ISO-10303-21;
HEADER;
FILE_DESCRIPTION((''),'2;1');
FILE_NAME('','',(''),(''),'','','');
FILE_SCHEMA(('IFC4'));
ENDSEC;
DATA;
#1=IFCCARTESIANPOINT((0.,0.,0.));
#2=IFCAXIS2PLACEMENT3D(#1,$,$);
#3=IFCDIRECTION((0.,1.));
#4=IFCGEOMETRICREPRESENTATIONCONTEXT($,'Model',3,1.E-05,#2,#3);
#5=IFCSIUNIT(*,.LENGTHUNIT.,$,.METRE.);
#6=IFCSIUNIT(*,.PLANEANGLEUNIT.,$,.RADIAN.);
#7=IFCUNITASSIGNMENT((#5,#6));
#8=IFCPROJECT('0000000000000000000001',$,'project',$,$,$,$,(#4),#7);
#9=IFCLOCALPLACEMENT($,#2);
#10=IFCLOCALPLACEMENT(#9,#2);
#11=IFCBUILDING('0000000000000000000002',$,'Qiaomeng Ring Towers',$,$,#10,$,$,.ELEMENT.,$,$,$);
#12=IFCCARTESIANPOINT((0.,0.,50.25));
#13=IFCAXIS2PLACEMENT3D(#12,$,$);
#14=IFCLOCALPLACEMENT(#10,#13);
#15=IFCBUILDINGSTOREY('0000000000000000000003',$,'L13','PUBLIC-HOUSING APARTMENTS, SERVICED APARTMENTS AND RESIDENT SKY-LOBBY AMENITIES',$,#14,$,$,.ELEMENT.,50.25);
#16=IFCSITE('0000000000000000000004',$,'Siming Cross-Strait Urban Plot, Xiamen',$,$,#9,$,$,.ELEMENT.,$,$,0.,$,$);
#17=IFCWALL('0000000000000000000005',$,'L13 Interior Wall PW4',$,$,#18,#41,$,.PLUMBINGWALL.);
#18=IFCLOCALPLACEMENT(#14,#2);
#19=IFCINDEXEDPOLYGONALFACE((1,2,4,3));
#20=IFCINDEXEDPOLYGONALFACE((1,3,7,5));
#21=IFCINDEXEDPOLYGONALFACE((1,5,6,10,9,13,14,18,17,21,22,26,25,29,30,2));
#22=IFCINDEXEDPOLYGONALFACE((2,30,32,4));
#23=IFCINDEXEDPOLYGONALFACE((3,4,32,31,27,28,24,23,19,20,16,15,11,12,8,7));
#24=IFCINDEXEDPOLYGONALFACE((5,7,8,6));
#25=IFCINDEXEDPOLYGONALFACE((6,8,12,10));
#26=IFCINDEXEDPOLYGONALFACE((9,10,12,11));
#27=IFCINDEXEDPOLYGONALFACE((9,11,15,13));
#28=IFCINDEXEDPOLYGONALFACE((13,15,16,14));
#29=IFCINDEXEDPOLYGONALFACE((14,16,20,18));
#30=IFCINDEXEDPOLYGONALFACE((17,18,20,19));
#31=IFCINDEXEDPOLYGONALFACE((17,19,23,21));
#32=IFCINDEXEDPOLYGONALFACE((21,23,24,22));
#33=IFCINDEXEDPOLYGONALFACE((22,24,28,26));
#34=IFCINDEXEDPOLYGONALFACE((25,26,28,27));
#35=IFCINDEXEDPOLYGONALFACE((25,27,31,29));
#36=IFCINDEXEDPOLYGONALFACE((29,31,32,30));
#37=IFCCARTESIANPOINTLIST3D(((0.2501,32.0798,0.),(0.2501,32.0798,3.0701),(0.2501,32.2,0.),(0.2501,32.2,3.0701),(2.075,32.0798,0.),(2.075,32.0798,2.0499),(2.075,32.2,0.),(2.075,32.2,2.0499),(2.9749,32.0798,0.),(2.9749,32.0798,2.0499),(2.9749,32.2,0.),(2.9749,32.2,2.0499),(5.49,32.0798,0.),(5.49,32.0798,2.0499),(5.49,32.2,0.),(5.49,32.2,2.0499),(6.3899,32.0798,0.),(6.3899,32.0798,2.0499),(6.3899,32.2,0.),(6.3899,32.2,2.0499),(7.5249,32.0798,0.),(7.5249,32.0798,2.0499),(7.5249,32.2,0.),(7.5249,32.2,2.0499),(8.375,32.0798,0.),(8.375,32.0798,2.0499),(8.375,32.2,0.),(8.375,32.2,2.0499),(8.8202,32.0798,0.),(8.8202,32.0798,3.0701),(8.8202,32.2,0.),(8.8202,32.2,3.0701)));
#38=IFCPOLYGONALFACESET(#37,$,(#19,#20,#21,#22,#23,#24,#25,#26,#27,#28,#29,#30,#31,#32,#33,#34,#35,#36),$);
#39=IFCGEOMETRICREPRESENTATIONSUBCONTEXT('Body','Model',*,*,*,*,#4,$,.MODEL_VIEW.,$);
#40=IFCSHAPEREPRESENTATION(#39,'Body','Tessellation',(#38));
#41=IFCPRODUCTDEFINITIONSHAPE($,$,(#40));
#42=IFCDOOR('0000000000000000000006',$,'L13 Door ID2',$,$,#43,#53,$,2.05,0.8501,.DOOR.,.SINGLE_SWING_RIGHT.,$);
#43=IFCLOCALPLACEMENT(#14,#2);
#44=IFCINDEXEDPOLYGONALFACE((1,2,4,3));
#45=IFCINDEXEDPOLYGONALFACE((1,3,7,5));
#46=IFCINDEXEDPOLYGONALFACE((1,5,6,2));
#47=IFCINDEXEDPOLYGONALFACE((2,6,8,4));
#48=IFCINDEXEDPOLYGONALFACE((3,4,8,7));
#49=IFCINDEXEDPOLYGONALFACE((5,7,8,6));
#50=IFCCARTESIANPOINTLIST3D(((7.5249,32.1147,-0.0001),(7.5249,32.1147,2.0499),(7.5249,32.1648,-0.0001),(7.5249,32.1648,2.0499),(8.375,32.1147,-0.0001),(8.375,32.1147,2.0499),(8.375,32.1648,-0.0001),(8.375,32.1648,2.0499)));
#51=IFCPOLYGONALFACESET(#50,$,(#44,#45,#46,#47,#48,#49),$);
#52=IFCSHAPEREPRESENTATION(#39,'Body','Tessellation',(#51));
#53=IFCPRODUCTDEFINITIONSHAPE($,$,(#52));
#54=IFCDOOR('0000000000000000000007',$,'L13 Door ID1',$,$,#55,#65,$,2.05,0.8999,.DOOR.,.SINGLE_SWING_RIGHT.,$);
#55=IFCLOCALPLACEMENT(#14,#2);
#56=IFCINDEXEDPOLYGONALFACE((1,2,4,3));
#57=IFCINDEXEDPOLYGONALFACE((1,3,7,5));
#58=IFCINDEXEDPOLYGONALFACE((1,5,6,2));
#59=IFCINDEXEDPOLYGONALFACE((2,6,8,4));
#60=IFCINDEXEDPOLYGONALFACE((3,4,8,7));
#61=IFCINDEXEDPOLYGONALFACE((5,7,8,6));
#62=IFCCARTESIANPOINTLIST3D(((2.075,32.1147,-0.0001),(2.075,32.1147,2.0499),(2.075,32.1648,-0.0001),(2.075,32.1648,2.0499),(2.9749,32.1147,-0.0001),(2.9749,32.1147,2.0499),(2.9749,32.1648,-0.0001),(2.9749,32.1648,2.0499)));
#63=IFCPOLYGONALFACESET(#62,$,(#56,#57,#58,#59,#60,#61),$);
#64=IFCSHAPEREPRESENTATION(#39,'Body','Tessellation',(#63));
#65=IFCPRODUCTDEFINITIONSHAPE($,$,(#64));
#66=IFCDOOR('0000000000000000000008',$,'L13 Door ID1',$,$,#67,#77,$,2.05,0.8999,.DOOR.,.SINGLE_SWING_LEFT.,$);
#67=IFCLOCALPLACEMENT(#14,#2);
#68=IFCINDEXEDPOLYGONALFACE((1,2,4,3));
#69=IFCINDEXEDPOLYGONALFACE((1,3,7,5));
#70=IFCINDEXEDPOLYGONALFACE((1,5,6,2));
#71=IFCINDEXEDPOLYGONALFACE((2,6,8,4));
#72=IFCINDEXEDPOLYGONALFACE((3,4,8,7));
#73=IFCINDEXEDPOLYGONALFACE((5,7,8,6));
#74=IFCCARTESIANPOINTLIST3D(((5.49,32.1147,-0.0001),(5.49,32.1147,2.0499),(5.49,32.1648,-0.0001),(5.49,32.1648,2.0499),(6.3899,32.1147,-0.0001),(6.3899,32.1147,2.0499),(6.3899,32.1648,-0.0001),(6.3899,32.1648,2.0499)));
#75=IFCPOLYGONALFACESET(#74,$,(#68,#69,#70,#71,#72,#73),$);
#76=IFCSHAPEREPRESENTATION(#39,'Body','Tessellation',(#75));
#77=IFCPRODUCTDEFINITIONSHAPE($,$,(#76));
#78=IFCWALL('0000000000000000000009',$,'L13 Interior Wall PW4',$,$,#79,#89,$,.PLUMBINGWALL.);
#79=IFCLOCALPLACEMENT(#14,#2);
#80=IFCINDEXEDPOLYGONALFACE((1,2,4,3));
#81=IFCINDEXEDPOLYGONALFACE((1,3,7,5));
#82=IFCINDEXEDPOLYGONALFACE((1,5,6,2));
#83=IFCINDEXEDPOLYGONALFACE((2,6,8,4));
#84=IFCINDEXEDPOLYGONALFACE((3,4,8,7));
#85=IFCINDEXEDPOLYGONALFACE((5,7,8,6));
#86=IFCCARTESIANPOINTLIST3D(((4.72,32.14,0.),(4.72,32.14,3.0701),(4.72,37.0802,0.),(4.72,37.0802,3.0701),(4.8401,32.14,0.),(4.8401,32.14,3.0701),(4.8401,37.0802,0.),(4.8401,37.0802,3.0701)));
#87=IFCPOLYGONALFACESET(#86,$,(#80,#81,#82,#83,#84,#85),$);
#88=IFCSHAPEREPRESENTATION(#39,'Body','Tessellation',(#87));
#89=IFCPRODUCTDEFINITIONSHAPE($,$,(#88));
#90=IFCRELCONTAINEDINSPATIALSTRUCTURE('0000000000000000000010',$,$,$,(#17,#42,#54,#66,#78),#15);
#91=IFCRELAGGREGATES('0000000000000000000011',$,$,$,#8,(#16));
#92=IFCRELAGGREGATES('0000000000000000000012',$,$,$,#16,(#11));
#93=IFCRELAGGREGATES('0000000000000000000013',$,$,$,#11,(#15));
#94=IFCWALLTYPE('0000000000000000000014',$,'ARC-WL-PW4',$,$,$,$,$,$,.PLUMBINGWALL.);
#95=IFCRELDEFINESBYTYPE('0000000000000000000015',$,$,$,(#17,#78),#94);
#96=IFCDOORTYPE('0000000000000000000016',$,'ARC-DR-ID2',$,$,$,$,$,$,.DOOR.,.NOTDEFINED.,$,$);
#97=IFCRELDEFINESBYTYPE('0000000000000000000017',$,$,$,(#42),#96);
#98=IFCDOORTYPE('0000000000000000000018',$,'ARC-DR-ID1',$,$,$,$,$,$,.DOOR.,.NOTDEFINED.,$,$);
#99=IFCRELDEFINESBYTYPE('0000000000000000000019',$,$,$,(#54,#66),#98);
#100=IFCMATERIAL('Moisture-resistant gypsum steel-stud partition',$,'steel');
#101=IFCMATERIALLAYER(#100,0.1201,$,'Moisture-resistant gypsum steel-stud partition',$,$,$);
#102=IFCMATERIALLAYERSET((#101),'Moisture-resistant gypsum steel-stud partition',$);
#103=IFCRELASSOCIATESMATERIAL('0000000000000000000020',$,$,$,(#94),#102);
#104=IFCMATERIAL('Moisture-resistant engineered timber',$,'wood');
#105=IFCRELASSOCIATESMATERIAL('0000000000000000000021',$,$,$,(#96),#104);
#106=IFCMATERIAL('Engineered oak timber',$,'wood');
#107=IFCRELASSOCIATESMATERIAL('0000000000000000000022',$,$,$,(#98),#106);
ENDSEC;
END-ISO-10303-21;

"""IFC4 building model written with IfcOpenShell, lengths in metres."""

from ifc_helpers import new_model, si_unit, direction, frame, frame_2d, origin, place, context, subcontext, project, spatial, rectangle, extrude, source, transform, mapped, material, layer, layer_set, type_object, element, fill, save


model = new_model("IFC4")

# Units and contexts
model_context = context("Model", 3, precision=1e-05, world=origin(), true_north=direction((0.0, 1.0)))
body_context = subcontext(model_context, "Body", "Model", "MODEL_VIEW")
ifc_project = project(units=[si_unit("LENGTHUNIT", "METRE"), si_unit("PLANEANGLEUNIT", "RADIAN")], contexts=[model_context])

# Site, building, storey
site_placement = place(None, origin())
site = spatial("IfcSite", under=ifc_project, at=site_placement, Name="Siming Cross-Strait Urban Plot, Xiamen", CompositionType="ELEMENT", RefElevation=0.0)
building_placement = place(site_placement, origin())
building = spatial("IfcBuilding", under=site, at=building_placement, Name="Qiaomeng Ring Towers", CompositionType="ELEMENT")
storey_placement = place(building_placement, frame((0.0, 0.0, 50.25)))
storey = spatial("IfcBuildingStorey", under=building, at=storey_placement, Name="L13", Description="PUBLIC-HOUSING APARTMENTS, SERVICED APARTMENTS AND RESIDENT SKY-LOBBY AMENITIES", CompositionType="ELEMENT", Elevation=50.25)

# Wall, openings, doors
ifc_material_1 = material(Name="Moisture-resistant gypsum steel-stud partition", Category="steel")
ifc_layer_1 = layer(ifc_material_1, 0.1201, Name="Moisture-resistant gypsum steel-stud partition")
ifc_layer_set_1 = layer_set([ifc_layer_1], Name="Moisture-resistant gypsum steel-stud partition")
wall_type_1 = type_object("IfcWallType", Name="ARC-WL-PW4", PredefinedType="PLUMBINGWALL", material=ifc_layer_set_1)
wall_1_placement = place(storey_placement, frame((0.25, 32.1399, 0.0), z_axis=(0.0, 0.0, 1.0), x_axis=(1.0, 0.0, 0.0)))
wall_1 = element("IfcWall", 1, at=wall_1_placement, inside=storey, type_object=wall_type_1, Name="L13 Interior Wall PW4", PredefinedType="PLUMBINGWALL", context=body_context, shape_type="SweptSolid", body=[
    extrude(rectangle(XDim=8.5701, YDim=0.1201, at=frame_2d((4.2852, 0.0))), origin(), (0.0, 0.0, 1.0), 3.0701),
])
opening_1_placement = place(wall_1_placement, frame((1.825, 0.0, 0.0)))
opening_1 = element("IfcOpeningElement", 2, at=opening_1_placement, cuts=wall_1, PredefinedType="OPENING", context=body_context, shape_type="SweptSolid", body=[
    extrude(rectangle(XDim=0.8999, YDim=2.05, at=frame_2d((0.45, 1.0249))), frame((0.0, 0.0701, 0.0), z_axis=(0.0, -1.0, 0.0), x_axis=(1.0, 0.0, 0.0)), (0.0, 0.0, 1.0), 0.1401),
])
opening_2_placement = place(wall_1_placement, frame((5.24, 0.0, 0.0)))
opening_2 = element("IfcOpeningElement", 3, at=opening_2_placement, cuts=wall_1, PredefinedType="OPENING", context=body_context, shape_type="SweptSolid", body=[
    extrude(rectangle(XDim=0.8999, YDim=2.05, at=frame_2d((0.45, 1.0249))), frame((0.0, 0.0701, 0.0), z_axis=(0.0, -1.0, 0.0), x_axis=(1.0, 0.0, 0.0)), (0.0, 0.0, 1.0), 0.1401),
])
opening_3_placement = place(wall_1_placement, frame((7.2749, 0.0, 0.0)))
opening_3 = element("IfcOpeningElement", 4, at=opening_3_placement, cuts=wall_1, PredefinedType="OPENING", context=body_context, shape_type="SweptSolid", body=[
    extrude(rectangle(XDim=0.8501, YDim=2.05, at=frame_2d((0.425, 1.0249))), frame((0.0, 0.0701, 0.0), z_axis=(0.0, -1.0, 0.0), x_axis=(1.0, 0.0, 0.0)), (0.0, 0.0, 1.0), 0.1401),
])
ifc_material_2 = material(Name="Moisture-resistant engineered timber", Category="wood")
door_type_1 = type_object("IfcDoorType", Name="ARC-DR-ID2", OperationType="NOTDEFINED", PredefinedType="DOOR", material=ifc_material_2)
shared_shape_1 = source(origin(), body_context, "Body", "SweptSolid", [
    extrude(rectangle(XDim=0.8501, YDim=2.05, at=frame_2d((0.425, 1.0249))), frame((0.0, 0.0249, 0.0), z_axis=(0.0, -1.0, 0.0), x_axis=(1.0, 0.0, 0.0)), (0.0, 0.0, 1.0), 0.05),
])
door_1_placement = place(opening_3_placement, origin())
door_1 = element("IfcDoor", 5, at=door_1_placement, inside=storey, type_object=door_type_1, Name="L13 Door ID2", OperationType="SINGLE_SWING_RIGHT", OverallHeight=2.05, OverallWidth=0.8501, PredefinedType="DOOR", context=body_context, shape_type="MappedRepresentation", body=[
    mapped(shared_shape_1, transform((0.0, 0.0, 0.0), x_axis=(1.0, 0.0, 0.0), y_axis=(0.0, 1.0, 0.0), z_axis=(0.0, 0.0, 1.0), scale=1.0)),
])
fill(opening_3, door_1)
ifc_material_3 = material(Name="Engineered oak timber", Category="wood")
door_type_2 = type_object("IfcDoorType", Name="ARC-DR-ID1", OperationType="NOTDEFINED", PredefinedType="DOOR", material=ifc_material_3)
shared_shape_2 = source(origin(), body_context, "Body", "SweptSolid", [
    extrude(rectangle(XDim=0.8999, YDim=2.05, at=frame_2d((0.45, 1.0249))), frame((0.0, 0.0249, 0.0), z_axis=(0.0, -1.0, 0.0), x_axis=(1.0, 0.0, 0.0)), (0.0, 0.0, 1.0), 0.05),
])
door_2_placement = place(opening_1_placement, origin())
door_2 = element("IfcDoor", 6, at=door_2_placement, inside=storey, type_object=door_type_2, Name="L13 Door ID1", OperationType="SINGLE_SWING_RIGHT", OverallHeight=2.05, OverallWidth=0.8999, PredefinedType="DOOR", context=body_context, shape_type="MappedRepresentation", body=[
    mapped(shared_shape_2, transform((0.0, 0.0, 0.0), x_axis=(1.0, 0.0, 0.0), y_axis=(0.0, 1.0, 0.0), z_axis=(0.0, 0.0, 1.0), scale=1.0)),
])
fill(opening_1, door_2)
door_3_placement = place(opening_2_placement, origin())
door_3 = element("IfcDoor", 7, at=door_3_placement, inside=storey, type_object=door_type_2, Name="L13 Door ID1", OperationType="SINGLE_SWING_LEFT", OverallHeight=2.05, OverallWidth=0.8999, PredefinedType="DOOR", context=body_context, shape_type="MappedRepresentation", body=[
    mapped(shared_shape_2, transform((0.0, 0.0, 0.0), x_axis=(1.0, 0.0, 0.0), y_axis=(0.0, 1.0, 0.0), z_axis=(0.0, 0.0, 1.0), scale=1.0)),
])
fill(opening_2, door_3)

# Wall
wall_2_placement = place(storey_placement, frame((4.78, 32.1399, 0.0), z_axis=(0.0, 0.0, 1.0), x_axis=(0.0, 1.0, 0.0)))
element("IfcWall", 8, at=wall_2_placement, inside=storey, type_object=wall_type_1, Name="L13 Interior Wall PW4", PredefinedType="PLUMBINGWALL", context=body_context, shape_type="SweptSolid", body=[
    extrude(rectangle(XDim=4.9402, YDim=0.1201, at=frame_2d((2.4702, 0.0))), origin(), (0.0, 0.0, 1.0), 3.0701),
])

save(model, "model.ifc")
